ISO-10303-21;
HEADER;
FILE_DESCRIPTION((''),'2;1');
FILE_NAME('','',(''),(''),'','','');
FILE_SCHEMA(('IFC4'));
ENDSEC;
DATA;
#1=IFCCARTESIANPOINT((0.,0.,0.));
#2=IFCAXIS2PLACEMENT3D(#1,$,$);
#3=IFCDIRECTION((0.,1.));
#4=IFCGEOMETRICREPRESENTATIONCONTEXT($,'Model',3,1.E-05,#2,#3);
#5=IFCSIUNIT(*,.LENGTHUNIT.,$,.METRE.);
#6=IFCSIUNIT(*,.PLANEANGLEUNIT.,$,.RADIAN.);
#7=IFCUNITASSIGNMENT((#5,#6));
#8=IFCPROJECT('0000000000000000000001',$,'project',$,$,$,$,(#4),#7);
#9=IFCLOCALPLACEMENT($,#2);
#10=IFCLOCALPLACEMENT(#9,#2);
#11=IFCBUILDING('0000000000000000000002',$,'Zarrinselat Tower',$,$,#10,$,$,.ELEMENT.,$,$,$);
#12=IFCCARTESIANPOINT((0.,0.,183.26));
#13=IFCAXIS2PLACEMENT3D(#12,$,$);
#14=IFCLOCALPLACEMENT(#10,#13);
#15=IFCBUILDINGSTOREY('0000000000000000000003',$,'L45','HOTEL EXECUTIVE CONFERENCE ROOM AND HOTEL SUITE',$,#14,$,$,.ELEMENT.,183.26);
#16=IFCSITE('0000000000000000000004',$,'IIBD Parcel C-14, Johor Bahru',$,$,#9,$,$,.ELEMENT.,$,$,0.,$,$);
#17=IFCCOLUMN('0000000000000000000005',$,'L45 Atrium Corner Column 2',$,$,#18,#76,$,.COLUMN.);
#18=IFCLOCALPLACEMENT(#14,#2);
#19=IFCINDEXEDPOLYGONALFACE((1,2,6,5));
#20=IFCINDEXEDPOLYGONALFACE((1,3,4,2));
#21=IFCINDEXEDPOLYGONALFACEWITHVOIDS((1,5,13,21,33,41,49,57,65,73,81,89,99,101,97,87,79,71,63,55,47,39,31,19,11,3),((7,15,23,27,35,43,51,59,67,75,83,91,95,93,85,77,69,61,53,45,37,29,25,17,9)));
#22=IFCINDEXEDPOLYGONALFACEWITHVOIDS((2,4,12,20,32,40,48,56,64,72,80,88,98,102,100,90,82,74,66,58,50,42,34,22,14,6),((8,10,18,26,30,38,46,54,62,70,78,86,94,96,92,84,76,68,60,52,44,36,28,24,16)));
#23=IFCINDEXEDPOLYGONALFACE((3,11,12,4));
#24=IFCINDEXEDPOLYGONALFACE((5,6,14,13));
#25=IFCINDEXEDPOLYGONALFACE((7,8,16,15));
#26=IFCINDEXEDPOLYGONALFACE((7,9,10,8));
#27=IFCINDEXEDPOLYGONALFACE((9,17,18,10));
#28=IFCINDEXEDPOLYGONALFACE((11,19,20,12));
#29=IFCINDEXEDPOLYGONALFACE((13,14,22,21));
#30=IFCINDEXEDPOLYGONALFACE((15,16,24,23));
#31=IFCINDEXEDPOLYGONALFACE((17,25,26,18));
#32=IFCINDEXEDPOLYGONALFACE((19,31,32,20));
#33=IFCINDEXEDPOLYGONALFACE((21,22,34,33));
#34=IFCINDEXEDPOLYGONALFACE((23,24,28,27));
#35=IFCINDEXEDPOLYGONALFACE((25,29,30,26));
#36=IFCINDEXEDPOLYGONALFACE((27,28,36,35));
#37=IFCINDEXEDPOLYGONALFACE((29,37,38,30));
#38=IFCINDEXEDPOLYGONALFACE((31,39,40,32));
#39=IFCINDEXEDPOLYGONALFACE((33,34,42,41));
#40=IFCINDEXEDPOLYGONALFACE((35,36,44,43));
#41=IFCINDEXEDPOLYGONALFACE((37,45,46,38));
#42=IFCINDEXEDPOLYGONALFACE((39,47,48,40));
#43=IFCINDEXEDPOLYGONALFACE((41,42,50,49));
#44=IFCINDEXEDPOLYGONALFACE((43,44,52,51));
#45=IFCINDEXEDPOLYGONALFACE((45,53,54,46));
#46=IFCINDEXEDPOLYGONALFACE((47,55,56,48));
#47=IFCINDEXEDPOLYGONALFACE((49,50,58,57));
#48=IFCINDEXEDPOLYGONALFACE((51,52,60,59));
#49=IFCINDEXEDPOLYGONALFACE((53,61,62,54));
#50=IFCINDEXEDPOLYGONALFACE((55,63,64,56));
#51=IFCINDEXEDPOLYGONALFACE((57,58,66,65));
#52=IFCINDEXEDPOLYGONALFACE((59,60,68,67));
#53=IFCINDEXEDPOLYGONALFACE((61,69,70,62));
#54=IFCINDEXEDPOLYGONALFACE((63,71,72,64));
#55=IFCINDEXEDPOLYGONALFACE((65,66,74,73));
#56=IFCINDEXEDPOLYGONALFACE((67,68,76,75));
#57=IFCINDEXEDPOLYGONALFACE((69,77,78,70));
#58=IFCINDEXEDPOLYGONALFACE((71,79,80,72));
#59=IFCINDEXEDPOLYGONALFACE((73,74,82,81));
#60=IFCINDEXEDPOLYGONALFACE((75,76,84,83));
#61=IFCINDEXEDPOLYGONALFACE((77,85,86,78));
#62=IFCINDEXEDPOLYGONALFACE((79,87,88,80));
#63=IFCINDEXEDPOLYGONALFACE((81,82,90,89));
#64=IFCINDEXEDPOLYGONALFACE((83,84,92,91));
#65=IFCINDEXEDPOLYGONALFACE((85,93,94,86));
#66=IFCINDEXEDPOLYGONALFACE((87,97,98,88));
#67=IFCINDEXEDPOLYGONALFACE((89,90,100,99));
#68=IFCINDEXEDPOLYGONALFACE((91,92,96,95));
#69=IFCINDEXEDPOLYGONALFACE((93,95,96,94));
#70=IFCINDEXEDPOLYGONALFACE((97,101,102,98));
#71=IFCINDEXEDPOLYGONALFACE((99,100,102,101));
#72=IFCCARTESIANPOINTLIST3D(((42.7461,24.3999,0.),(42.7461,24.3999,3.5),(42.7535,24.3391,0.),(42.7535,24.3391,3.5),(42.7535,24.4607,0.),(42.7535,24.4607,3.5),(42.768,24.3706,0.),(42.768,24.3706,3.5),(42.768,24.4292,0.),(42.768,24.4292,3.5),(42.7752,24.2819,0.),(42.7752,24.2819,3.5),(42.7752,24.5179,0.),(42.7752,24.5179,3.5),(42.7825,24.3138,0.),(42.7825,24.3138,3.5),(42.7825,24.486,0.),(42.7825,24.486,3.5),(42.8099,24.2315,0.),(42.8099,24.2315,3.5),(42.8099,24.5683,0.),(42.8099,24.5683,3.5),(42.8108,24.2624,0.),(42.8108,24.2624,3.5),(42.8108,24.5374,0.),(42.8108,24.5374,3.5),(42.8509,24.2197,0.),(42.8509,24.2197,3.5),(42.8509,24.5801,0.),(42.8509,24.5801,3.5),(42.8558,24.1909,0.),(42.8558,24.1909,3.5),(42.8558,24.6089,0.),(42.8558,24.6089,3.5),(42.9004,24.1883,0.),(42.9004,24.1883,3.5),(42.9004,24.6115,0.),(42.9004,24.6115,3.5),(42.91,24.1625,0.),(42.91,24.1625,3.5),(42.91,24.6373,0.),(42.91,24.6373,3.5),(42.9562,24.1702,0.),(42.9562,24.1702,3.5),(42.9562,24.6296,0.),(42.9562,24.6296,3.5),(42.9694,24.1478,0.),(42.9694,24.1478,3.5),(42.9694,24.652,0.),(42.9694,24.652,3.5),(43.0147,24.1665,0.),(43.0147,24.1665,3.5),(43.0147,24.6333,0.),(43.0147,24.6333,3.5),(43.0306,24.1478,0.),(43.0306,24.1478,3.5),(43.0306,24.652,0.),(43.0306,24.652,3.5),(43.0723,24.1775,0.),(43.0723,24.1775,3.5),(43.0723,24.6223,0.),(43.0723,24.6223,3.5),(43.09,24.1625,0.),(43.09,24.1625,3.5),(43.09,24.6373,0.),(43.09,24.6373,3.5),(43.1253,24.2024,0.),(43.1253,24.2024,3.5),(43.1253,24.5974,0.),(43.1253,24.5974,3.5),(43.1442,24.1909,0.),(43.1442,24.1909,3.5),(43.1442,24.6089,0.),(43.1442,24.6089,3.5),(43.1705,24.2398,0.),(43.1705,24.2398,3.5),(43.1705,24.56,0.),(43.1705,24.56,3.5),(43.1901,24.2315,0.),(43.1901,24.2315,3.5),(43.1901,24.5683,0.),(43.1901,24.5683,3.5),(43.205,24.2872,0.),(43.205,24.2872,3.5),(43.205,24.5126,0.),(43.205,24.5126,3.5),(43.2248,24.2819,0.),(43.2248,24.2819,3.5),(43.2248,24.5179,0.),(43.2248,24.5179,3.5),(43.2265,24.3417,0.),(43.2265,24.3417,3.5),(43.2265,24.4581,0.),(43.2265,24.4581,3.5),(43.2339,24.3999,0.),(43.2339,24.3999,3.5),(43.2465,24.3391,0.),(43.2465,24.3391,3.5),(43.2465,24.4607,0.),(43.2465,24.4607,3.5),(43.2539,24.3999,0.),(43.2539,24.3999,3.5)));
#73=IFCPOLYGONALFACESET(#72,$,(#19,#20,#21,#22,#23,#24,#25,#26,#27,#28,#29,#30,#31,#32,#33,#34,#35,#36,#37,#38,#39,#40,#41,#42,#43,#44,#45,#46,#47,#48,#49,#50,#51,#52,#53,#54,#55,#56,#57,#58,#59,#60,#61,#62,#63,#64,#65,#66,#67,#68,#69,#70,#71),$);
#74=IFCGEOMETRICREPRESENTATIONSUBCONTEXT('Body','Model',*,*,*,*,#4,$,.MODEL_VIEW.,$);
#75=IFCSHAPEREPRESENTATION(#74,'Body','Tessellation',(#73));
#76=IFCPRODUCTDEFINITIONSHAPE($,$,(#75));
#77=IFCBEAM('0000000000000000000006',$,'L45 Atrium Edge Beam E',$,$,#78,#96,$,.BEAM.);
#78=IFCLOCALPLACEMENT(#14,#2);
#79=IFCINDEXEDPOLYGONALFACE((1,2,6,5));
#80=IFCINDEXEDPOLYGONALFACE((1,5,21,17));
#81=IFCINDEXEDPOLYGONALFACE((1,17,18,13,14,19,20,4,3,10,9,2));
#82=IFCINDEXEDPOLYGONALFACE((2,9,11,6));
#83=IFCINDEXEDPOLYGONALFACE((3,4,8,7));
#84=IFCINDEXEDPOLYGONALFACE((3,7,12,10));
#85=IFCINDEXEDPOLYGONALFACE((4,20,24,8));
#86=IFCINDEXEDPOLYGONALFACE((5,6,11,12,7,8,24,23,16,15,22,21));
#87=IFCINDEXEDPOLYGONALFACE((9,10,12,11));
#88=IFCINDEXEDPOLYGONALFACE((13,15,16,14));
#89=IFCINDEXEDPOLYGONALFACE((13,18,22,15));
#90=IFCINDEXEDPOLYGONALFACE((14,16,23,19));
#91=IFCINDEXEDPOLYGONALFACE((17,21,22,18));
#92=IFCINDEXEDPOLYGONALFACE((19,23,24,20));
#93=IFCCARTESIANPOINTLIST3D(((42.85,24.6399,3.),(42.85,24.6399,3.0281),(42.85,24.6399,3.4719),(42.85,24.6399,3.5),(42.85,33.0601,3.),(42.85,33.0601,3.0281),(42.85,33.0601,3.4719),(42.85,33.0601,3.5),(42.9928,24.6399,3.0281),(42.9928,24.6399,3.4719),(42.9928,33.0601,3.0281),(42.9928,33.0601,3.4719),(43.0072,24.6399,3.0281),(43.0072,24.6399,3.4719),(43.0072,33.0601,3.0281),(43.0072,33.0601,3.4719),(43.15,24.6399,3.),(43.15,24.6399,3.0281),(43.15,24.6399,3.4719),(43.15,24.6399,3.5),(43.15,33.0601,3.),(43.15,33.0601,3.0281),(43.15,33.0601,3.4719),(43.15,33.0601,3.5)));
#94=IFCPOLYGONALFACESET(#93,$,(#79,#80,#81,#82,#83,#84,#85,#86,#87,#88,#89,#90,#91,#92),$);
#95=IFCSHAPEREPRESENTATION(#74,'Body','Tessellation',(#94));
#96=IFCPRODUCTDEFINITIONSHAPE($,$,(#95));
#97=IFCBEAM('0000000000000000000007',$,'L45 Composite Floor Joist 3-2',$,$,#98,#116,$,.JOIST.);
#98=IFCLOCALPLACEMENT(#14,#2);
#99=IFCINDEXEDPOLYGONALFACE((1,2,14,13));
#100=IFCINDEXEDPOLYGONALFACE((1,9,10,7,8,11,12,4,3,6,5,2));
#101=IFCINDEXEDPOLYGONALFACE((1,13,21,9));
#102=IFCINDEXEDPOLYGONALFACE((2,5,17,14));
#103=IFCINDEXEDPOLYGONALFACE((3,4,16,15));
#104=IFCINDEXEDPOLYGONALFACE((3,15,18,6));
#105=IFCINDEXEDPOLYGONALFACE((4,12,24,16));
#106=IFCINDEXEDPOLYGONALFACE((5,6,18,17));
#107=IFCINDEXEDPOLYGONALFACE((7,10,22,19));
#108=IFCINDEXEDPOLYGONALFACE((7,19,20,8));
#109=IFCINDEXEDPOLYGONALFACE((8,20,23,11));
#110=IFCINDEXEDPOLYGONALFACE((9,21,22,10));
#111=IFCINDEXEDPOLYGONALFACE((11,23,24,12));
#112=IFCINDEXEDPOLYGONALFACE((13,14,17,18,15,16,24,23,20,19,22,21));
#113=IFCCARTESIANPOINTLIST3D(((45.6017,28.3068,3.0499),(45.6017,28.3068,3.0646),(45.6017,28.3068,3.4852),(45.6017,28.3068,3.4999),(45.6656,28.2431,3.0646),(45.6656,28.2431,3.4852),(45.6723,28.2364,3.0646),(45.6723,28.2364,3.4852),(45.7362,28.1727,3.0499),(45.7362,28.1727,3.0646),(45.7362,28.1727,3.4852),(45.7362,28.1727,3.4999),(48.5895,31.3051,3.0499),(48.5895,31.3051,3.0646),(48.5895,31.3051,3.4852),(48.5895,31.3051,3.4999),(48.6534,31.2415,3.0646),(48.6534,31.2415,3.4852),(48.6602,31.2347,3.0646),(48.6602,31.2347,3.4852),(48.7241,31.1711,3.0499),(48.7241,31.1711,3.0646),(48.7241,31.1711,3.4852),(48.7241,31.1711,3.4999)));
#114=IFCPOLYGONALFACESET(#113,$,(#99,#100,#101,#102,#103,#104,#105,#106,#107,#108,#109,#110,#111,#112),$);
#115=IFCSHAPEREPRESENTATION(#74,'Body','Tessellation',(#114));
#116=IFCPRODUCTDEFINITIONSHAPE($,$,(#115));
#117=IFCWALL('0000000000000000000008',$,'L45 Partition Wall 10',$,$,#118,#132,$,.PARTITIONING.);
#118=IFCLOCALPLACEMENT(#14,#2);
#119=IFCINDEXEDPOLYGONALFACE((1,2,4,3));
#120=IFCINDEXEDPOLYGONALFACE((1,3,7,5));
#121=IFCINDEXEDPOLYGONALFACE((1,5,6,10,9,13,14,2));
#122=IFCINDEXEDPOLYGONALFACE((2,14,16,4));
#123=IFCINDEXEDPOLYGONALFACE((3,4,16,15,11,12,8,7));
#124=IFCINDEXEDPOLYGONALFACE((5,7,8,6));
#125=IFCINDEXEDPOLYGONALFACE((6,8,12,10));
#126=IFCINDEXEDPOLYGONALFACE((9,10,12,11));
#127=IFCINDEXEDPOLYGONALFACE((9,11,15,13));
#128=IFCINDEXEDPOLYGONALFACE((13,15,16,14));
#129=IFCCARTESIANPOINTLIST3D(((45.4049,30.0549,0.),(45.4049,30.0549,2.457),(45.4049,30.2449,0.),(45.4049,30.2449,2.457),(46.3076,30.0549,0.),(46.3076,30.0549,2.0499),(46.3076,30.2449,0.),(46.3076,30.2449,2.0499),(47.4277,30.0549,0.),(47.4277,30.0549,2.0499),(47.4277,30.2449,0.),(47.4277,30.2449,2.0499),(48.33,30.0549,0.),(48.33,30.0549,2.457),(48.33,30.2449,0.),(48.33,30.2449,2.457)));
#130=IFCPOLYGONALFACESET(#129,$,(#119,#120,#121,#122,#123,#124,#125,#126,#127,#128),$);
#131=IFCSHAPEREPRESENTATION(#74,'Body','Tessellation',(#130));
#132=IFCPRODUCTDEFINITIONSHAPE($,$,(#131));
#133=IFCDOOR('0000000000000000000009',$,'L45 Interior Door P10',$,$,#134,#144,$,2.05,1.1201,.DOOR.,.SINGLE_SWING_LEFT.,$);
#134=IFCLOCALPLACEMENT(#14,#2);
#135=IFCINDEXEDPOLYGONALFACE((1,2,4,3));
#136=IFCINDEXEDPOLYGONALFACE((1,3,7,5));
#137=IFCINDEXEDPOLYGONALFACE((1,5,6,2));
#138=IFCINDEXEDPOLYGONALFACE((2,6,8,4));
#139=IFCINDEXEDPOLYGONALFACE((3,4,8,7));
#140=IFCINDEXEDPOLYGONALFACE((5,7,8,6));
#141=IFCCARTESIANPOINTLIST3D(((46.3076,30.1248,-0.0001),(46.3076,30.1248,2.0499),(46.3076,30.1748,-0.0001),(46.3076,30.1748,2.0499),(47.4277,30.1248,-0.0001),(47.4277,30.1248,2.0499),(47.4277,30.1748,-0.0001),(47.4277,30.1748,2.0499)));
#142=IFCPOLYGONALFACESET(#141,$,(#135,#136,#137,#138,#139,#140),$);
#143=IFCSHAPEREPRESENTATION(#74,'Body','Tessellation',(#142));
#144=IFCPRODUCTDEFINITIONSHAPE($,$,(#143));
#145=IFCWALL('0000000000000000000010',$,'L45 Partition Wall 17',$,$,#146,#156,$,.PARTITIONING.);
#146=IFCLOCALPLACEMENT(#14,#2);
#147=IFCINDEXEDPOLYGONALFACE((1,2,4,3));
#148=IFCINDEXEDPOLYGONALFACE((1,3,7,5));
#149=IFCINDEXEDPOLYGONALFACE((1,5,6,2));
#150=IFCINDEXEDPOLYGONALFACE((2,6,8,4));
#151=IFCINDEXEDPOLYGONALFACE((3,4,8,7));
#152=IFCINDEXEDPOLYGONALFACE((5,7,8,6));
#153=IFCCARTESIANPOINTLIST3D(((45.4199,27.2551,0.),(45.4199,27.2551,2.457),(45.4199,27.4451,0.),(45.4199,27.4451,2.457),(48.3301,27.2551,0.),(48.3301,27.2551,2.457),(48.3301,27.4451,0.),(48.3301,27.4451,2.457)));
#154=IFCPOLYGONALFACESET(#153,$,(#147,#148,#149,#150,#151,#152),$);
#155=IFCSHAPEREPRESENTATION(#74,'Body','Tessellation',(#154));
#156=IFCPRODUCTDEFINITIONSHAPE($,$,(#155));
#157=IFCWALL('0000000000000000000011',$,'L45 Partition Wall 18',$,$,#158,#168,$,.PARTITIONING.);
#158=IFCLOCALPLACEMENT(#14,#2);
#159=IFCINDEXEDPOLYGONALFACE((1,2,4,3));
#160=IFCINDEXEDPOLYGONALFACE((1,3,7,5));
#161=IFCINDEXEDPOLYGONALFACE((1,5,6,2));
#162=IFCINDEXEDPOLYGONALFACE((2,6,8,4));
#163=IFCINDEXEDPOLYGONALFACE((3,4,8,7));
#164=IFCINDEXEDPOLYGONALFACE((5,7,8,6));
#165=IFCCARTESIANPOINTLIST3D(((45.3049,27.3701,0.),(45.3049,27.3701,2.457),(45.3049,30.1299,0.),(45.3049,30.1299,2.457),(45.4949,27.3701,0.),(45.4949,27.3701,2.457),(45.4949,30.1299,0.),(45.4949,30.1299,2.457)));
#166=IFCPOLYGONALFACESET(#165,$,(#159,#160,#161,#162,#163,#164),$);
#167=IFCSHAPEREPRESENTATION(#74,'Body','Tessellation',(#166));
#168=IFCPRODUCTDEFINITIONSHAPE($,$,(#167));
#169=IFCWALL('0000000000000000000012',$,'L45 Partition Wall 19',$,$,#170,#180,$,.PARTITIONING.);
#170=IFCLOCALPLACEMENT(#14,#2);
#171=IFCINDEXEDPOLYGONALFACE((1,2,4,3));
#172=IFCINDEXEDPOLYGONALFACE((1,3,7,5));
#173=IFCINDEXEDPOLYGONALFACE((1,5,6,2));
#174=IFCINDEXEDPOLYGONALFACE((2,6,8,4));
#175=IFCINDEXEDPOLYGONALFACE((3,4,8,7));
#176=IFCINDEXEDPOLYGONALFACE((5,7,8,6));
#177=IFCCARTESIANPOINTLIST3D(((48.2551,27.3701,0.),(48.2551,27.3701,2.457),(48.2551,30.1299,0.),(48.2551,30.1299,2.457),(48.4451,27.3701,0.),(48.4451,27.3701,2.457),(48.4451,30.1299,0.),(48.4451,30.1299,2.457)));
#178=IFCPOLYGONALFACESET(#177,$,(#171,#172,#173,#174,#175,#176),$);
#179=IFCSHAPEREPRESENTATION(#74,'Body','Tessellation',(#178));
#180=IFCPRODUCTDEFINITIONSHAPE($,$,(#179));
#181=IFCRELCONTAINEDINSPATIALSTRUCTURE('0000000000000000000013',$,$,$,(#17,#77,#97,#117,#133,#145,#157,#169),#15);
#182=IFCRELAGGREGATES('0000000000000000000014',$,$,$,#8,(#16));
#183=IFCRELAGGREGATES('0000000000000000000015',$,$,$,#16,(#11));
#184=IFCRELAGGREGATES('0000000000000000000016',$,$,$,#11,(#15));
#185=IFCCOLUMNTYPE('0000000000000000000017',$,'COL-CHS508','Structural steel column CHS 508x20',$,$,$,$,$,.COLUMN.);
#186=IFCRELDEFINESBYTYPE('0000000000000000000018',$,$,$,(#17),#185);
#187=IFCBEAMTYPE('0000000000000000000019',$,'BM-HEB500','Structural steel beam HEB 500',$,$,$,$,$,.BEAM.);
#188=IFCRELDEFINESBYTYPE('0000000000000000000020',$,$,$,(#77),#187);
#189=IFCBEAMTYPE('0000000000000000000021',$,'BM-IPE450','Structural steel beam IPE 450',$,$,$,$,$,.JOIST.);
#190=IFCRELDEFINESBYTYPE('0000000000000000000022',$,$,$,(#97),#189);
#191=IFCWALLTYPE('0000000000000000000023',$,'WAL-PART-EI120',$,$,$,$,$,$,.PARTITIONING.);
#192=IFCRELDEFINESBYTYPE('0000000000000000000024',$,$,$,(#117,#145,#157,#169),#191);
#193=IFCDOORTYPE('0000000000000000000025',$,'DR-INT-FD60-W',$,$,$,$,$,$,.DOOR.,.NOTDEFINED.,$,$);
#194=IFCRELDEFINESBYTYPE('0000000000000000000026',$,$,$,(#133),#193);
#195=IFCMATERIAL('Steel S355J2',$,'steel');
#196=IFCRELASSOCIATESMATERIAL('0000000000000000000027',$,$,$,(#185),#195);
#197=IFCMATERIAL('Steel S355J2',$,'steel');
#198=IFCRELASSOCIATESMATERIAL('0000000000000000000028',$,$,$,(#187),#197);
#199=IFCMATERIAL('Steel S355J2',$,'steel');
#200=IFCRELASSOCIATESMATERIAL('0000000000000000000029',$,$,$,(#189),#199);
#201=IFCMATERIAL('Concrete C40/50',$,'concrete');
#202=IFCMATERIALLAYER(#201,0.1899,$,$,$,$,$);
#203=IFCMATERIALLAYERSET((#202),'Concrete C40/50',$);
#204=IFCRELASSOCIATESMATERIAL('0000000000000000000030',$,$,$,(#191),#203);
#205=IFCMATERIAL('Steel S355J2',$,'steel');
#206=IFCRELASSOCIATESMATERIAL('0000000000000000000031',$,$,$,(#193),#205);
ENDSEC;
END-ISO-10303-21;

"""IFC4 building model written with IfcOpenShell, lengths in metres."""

from ifc_helpers import new_model, si_unit, direction, frame, frame_2d, origin, origin_2d, place, context, subcontext, project, spatial, rectangle, hollow_circle, i_section, extrude, material, layer, layer_set, material_profile, profile_set, type_object, element, fill, save


model = new_model("IFC4")

# Units and contexts
model_context = context("Model", 3, precision=1e-05, world=origin(), true_north=direction((0.0, 1.0)))
body_context = subcontext(model_context, "Body", "Model", "MODEL_VIEW")
ifc_project = project(units=[si_unit("LENGTHUNIT", "METRE"), si_unit("PLANEANGLEUNIT", "RADIAN")], contexts=[model_context])

# Site, building, storey
site_placement = place(None, origin())
site = spatial("IfcSite", under=ifc_project, at=site_placement, Name="IIBD Parcel C-14, Johor Bahru", CompositionType="ELEMENT", RefElevation=0.0)
building_placement = place(site_placement, origin())
building = spatial("IfcBuilding", under=site, at=building_placement, Name="Zarrinselat Tower", CompositionType="ELEMENT")
storey_placement = place(building_placement, frame((0.0, 0.0, 183.26)))
storey = spatial("IfcBuildingStorey", under=building, at=storey_placement, Name="L45", Description="HOTEL EXECUTIVE CONFERENCE ROOM AND HOTEL SUITE", CompositionType="ELEMENT", Elevation=183.26)

# Column
ifc_material_1 = material(Name="Steel S355J2", Category="steel")
ifc_material_profile_1 = material_profile(ifc_material_1, hollow_circle(Radius=0.2539, WallThickness=0.02, at=origin_2d()), Name="CHS 508x20")
ifc_profile_set_1 = profile_set([ifc_material_profile_1], Name="Steel S355J2")
column_type = type_object("IfcColumnType", Name="COL-CHS508", Description="Structural steel column CHS 508x20", PredefinedType="COLUMN", material=ifc_profile_set_1)
column_placement = place(storey_placement, frame((43.0, 24.3999, 0.0), z_axis=(0.0, 0.0, 1.0), x_axis=(1.0, 0.0, 0.0)))
element("IfcColumn", 1, at=column_placement, inside=storey, type_object=column_type, Name="L45 Atrium Corner Column 2", PredefinedType="COLUMN", context=body_context, shape_type="SweptSolid", body=[
    extrude(hollow_circle(Radius=0.2539, WallThickness=0.02, at=origin_2d()), origin(), (0.0, 0.0, 1.0), 3.5),
])

# Beams
ifc_material_2 = material(Name="Steel S355J2", Category="steel")
ifc_material_profile_2 = material_profile(ifc_material_2, i_section(OverallWidth=0.3, OverallDepth=0.5, WebThickness=0.0144, FlangeThickness=0.0281, at=origin_2d()), Name="HEB 500")
ifc_profile_set_2 = profile_set([ifc_material_profile_2], Name="Steel S355J2")
beam_type_1 = type_object("IfcBeamType", Name="BM-HEB500", Description="Structural steel beam HEB 500", PredefinedType="BEAM", material=ifc_profile_set_2)
beam_1_placement = place(storey_placement, frame((43.0, 24.6399, 3.25), z_axis=(0.0, 1.0, 0.0), x_axis=(-1.0, 0.0, 0.0)))
element("IfcBeam", 2, at=beam_1_placement, inside=storey, type_object=beam_type_1, Name="L45 Atrium Edge Beam E", PredefinedType="BEAM", context=body_context, shape_type="SweptSolid", body=[
    extrude(i_section(OverallWidth=0.3, OverallDepth=0.5, WebThickness=0.0144, FlangeThickness=0.0281, at=origin_2d()), origin(), (0.0, 0.0, 1.0), 8.4202),
])
ifc_material_3 = material(Name="Steel S355J2", Category="steel")
ifc_material_profile_3 = material_profile(ifc_material_3, i_section(OverallWidth=0.1899, OverallDepth=0.45, WebThickness=0.0095, FlangeThickness=0.0146, at=origin_2d()), Name="IPE 450")
ifc_profile_set_3 = profile_set([ifc_material_profile_3], Name="Steel S355J2")
beam_type_2 = type_object("IfcBeamType", Name="BM-IPE450", Description="Structural steel beam IPE 450", PredefinedType="JOIST", material=ifc_profile_set_3)
beam_2_placement = place(storey_placement, frame((45.6689, 28.2397, 3.2749), z_axis=(0.705866, 0.708346, 0.0), x_axis=(-0.708346, 0.705866, 0.0)))
element("IfcBeam", 3, at=beam_2_placement, inside=storey, type_object=beam_type_2, Name="L45 Composite Floor Joist 3-2", PredefinedType="JOIST", context=body_context, shape_type="SweptSolid", body=[
    extrude(i_section(OverallWidth=0.1899, OverallDepth=0.45, WebThickness=0.0095, FlangeThickness=0.0146, at=origin_2d()), origin(), (0.0, 0.0, 1.0), 4.2329),
])

# Wall, opening, door
ifc_material_4 = material(Name="Concrete C40/50", Category="concrete")
ifc_layer_1 = layer(ifc_material_4, 0.1899)
ifc_layer_set_1 = layer_set([ifc_layer_1], Name="Concrete C40/50")
wall_type_1 = type_object("IfcWallType", Name="WAL-PART-EI120", PredefinedType="PARTITIONING", material=ifc_layer_set_1)
wall_1_placement = place(storey_placement, frame((45.405, 30.1499, 0.0), z_axis=(0.0, 0.0, 1.0), x_axis=(1.0, 0.0, 0.0)))
wall_1 = element("IfcWall", 4, at=wall_1_placement, inside=storey, type_object=wall_type_1, Name="L45 Partition Wall 10", PredefinedType="PARTITIONING", context=body_context, shape_type="SweptSolid", body=[
    extrude(rectangle(XDim=2.925, YDim=0.1899, at=frame_2d((1.4624, 0.0))), origin(), (0.0, 0.0, 1.0), 2.457),
])
opening_1_placement = place(wall_1_placement, frame((0.9026, 0.0, 0.0)))
opening_1 = element("IfcOpeningElement", 5, at=opening_1_placement, cuts=wall_1, PredefinedType="OPENING", context=body_context, shape_type="SweptSolid", body=[
    extrude(rectangle(XDim=1.1201, YDim=2.05, at=frame_2d((0.5601, 1.0249))), frame((0.0, 0.105, 0.0), z_axis=(0.0, -1.0, 0.0), x_axis=(1.0, 0.0, 0.0)), (0.0, 0.0, 1.0), 0.21),
])
ifc_material_5 = material(Name="Steel S355J2", Category="steel")
door_type_1 = type_object("IfcDoorType", Name="DR-INT-FD60-W", OperationType="NOTDEFINED", PredefinedType="DOOR", material=ifc_material_5)
door_1_placement = place(opening_1_placement, origin())
door_1 = element("IfcDoor", 6, at=door_1_placement, inside=storey, type_object=door_type_1, Name="L45 Interior Door P10", OperationType="SINGLE_SWING_LEFT", OverallHeight=2.05, OverallWidth=1.1201, PredefinedType="DOOR", context=body_context, shape_type="SweptSolid", body=[
    extrude(rectangle(XDim=1.1201, YDim=2.05, at=frame_2d((0.5601, 1.0249))), frame((0.0, 0.0249, 0.0), z_axis=(0.0, -1.0, 0.0), x_axis=(1.0, 0.0, 0.0)), (0.0, 0.0, 1.0), 0.05),
])
fill(opening_1, door_1)

# Walls
wall_2_placement = place(storey_placement, frame((45.4199, 27.3501, 0.0), z_axis=(0.0, 0.0, 1.0), x_axis=(1.0, 0.0, 0.0)))
element("IfcWall", 7, at=wall_2_placement, inside=storey, type_object=wall_type_1, Name="L45 Partition Wall 17", PredefinedType="PARTITIONING", context=body_context, shape_type="SweptSolid", body=[
    extrude(rectangle(XDim=2.9102, YDim=0.1899, at=frame_2d((1.4551, 0.0))), origin(), (0.0, 0.0, 1.0), 2.457),
])
for number, where, z_axis, x_axis, name in (
    (8, (45.3999, 27.3701, 0.0), (0.0, 0.0, 1.0), (0.0, 1.0, 0.0), "L45 Partition Wall 18"),
    (9, (48.3501, 27.3701, 0.0), (0.0, 0.0, 1.0), (0.0, 1.0, 0.0), "L45 Partition Wall 19"),
):
    element("IfcWall", number, at=place(storey_placement, frame(where, z_axis=z_axis, x_axis=x_axis)), inside=storey, type_object=wall_type_1, Name=name, PredefinedType="PARTITIONING", context=body_context, shape_type="SweptSolid", body=[
        extrude(rectangle(XDim=2.7598, YDim=0.1899, at=frame_2d((1.3799, 0.0))), origin(), (0.0, 0.0, 1.0), 2.457),
    ])

save(model, "model.ifc")
